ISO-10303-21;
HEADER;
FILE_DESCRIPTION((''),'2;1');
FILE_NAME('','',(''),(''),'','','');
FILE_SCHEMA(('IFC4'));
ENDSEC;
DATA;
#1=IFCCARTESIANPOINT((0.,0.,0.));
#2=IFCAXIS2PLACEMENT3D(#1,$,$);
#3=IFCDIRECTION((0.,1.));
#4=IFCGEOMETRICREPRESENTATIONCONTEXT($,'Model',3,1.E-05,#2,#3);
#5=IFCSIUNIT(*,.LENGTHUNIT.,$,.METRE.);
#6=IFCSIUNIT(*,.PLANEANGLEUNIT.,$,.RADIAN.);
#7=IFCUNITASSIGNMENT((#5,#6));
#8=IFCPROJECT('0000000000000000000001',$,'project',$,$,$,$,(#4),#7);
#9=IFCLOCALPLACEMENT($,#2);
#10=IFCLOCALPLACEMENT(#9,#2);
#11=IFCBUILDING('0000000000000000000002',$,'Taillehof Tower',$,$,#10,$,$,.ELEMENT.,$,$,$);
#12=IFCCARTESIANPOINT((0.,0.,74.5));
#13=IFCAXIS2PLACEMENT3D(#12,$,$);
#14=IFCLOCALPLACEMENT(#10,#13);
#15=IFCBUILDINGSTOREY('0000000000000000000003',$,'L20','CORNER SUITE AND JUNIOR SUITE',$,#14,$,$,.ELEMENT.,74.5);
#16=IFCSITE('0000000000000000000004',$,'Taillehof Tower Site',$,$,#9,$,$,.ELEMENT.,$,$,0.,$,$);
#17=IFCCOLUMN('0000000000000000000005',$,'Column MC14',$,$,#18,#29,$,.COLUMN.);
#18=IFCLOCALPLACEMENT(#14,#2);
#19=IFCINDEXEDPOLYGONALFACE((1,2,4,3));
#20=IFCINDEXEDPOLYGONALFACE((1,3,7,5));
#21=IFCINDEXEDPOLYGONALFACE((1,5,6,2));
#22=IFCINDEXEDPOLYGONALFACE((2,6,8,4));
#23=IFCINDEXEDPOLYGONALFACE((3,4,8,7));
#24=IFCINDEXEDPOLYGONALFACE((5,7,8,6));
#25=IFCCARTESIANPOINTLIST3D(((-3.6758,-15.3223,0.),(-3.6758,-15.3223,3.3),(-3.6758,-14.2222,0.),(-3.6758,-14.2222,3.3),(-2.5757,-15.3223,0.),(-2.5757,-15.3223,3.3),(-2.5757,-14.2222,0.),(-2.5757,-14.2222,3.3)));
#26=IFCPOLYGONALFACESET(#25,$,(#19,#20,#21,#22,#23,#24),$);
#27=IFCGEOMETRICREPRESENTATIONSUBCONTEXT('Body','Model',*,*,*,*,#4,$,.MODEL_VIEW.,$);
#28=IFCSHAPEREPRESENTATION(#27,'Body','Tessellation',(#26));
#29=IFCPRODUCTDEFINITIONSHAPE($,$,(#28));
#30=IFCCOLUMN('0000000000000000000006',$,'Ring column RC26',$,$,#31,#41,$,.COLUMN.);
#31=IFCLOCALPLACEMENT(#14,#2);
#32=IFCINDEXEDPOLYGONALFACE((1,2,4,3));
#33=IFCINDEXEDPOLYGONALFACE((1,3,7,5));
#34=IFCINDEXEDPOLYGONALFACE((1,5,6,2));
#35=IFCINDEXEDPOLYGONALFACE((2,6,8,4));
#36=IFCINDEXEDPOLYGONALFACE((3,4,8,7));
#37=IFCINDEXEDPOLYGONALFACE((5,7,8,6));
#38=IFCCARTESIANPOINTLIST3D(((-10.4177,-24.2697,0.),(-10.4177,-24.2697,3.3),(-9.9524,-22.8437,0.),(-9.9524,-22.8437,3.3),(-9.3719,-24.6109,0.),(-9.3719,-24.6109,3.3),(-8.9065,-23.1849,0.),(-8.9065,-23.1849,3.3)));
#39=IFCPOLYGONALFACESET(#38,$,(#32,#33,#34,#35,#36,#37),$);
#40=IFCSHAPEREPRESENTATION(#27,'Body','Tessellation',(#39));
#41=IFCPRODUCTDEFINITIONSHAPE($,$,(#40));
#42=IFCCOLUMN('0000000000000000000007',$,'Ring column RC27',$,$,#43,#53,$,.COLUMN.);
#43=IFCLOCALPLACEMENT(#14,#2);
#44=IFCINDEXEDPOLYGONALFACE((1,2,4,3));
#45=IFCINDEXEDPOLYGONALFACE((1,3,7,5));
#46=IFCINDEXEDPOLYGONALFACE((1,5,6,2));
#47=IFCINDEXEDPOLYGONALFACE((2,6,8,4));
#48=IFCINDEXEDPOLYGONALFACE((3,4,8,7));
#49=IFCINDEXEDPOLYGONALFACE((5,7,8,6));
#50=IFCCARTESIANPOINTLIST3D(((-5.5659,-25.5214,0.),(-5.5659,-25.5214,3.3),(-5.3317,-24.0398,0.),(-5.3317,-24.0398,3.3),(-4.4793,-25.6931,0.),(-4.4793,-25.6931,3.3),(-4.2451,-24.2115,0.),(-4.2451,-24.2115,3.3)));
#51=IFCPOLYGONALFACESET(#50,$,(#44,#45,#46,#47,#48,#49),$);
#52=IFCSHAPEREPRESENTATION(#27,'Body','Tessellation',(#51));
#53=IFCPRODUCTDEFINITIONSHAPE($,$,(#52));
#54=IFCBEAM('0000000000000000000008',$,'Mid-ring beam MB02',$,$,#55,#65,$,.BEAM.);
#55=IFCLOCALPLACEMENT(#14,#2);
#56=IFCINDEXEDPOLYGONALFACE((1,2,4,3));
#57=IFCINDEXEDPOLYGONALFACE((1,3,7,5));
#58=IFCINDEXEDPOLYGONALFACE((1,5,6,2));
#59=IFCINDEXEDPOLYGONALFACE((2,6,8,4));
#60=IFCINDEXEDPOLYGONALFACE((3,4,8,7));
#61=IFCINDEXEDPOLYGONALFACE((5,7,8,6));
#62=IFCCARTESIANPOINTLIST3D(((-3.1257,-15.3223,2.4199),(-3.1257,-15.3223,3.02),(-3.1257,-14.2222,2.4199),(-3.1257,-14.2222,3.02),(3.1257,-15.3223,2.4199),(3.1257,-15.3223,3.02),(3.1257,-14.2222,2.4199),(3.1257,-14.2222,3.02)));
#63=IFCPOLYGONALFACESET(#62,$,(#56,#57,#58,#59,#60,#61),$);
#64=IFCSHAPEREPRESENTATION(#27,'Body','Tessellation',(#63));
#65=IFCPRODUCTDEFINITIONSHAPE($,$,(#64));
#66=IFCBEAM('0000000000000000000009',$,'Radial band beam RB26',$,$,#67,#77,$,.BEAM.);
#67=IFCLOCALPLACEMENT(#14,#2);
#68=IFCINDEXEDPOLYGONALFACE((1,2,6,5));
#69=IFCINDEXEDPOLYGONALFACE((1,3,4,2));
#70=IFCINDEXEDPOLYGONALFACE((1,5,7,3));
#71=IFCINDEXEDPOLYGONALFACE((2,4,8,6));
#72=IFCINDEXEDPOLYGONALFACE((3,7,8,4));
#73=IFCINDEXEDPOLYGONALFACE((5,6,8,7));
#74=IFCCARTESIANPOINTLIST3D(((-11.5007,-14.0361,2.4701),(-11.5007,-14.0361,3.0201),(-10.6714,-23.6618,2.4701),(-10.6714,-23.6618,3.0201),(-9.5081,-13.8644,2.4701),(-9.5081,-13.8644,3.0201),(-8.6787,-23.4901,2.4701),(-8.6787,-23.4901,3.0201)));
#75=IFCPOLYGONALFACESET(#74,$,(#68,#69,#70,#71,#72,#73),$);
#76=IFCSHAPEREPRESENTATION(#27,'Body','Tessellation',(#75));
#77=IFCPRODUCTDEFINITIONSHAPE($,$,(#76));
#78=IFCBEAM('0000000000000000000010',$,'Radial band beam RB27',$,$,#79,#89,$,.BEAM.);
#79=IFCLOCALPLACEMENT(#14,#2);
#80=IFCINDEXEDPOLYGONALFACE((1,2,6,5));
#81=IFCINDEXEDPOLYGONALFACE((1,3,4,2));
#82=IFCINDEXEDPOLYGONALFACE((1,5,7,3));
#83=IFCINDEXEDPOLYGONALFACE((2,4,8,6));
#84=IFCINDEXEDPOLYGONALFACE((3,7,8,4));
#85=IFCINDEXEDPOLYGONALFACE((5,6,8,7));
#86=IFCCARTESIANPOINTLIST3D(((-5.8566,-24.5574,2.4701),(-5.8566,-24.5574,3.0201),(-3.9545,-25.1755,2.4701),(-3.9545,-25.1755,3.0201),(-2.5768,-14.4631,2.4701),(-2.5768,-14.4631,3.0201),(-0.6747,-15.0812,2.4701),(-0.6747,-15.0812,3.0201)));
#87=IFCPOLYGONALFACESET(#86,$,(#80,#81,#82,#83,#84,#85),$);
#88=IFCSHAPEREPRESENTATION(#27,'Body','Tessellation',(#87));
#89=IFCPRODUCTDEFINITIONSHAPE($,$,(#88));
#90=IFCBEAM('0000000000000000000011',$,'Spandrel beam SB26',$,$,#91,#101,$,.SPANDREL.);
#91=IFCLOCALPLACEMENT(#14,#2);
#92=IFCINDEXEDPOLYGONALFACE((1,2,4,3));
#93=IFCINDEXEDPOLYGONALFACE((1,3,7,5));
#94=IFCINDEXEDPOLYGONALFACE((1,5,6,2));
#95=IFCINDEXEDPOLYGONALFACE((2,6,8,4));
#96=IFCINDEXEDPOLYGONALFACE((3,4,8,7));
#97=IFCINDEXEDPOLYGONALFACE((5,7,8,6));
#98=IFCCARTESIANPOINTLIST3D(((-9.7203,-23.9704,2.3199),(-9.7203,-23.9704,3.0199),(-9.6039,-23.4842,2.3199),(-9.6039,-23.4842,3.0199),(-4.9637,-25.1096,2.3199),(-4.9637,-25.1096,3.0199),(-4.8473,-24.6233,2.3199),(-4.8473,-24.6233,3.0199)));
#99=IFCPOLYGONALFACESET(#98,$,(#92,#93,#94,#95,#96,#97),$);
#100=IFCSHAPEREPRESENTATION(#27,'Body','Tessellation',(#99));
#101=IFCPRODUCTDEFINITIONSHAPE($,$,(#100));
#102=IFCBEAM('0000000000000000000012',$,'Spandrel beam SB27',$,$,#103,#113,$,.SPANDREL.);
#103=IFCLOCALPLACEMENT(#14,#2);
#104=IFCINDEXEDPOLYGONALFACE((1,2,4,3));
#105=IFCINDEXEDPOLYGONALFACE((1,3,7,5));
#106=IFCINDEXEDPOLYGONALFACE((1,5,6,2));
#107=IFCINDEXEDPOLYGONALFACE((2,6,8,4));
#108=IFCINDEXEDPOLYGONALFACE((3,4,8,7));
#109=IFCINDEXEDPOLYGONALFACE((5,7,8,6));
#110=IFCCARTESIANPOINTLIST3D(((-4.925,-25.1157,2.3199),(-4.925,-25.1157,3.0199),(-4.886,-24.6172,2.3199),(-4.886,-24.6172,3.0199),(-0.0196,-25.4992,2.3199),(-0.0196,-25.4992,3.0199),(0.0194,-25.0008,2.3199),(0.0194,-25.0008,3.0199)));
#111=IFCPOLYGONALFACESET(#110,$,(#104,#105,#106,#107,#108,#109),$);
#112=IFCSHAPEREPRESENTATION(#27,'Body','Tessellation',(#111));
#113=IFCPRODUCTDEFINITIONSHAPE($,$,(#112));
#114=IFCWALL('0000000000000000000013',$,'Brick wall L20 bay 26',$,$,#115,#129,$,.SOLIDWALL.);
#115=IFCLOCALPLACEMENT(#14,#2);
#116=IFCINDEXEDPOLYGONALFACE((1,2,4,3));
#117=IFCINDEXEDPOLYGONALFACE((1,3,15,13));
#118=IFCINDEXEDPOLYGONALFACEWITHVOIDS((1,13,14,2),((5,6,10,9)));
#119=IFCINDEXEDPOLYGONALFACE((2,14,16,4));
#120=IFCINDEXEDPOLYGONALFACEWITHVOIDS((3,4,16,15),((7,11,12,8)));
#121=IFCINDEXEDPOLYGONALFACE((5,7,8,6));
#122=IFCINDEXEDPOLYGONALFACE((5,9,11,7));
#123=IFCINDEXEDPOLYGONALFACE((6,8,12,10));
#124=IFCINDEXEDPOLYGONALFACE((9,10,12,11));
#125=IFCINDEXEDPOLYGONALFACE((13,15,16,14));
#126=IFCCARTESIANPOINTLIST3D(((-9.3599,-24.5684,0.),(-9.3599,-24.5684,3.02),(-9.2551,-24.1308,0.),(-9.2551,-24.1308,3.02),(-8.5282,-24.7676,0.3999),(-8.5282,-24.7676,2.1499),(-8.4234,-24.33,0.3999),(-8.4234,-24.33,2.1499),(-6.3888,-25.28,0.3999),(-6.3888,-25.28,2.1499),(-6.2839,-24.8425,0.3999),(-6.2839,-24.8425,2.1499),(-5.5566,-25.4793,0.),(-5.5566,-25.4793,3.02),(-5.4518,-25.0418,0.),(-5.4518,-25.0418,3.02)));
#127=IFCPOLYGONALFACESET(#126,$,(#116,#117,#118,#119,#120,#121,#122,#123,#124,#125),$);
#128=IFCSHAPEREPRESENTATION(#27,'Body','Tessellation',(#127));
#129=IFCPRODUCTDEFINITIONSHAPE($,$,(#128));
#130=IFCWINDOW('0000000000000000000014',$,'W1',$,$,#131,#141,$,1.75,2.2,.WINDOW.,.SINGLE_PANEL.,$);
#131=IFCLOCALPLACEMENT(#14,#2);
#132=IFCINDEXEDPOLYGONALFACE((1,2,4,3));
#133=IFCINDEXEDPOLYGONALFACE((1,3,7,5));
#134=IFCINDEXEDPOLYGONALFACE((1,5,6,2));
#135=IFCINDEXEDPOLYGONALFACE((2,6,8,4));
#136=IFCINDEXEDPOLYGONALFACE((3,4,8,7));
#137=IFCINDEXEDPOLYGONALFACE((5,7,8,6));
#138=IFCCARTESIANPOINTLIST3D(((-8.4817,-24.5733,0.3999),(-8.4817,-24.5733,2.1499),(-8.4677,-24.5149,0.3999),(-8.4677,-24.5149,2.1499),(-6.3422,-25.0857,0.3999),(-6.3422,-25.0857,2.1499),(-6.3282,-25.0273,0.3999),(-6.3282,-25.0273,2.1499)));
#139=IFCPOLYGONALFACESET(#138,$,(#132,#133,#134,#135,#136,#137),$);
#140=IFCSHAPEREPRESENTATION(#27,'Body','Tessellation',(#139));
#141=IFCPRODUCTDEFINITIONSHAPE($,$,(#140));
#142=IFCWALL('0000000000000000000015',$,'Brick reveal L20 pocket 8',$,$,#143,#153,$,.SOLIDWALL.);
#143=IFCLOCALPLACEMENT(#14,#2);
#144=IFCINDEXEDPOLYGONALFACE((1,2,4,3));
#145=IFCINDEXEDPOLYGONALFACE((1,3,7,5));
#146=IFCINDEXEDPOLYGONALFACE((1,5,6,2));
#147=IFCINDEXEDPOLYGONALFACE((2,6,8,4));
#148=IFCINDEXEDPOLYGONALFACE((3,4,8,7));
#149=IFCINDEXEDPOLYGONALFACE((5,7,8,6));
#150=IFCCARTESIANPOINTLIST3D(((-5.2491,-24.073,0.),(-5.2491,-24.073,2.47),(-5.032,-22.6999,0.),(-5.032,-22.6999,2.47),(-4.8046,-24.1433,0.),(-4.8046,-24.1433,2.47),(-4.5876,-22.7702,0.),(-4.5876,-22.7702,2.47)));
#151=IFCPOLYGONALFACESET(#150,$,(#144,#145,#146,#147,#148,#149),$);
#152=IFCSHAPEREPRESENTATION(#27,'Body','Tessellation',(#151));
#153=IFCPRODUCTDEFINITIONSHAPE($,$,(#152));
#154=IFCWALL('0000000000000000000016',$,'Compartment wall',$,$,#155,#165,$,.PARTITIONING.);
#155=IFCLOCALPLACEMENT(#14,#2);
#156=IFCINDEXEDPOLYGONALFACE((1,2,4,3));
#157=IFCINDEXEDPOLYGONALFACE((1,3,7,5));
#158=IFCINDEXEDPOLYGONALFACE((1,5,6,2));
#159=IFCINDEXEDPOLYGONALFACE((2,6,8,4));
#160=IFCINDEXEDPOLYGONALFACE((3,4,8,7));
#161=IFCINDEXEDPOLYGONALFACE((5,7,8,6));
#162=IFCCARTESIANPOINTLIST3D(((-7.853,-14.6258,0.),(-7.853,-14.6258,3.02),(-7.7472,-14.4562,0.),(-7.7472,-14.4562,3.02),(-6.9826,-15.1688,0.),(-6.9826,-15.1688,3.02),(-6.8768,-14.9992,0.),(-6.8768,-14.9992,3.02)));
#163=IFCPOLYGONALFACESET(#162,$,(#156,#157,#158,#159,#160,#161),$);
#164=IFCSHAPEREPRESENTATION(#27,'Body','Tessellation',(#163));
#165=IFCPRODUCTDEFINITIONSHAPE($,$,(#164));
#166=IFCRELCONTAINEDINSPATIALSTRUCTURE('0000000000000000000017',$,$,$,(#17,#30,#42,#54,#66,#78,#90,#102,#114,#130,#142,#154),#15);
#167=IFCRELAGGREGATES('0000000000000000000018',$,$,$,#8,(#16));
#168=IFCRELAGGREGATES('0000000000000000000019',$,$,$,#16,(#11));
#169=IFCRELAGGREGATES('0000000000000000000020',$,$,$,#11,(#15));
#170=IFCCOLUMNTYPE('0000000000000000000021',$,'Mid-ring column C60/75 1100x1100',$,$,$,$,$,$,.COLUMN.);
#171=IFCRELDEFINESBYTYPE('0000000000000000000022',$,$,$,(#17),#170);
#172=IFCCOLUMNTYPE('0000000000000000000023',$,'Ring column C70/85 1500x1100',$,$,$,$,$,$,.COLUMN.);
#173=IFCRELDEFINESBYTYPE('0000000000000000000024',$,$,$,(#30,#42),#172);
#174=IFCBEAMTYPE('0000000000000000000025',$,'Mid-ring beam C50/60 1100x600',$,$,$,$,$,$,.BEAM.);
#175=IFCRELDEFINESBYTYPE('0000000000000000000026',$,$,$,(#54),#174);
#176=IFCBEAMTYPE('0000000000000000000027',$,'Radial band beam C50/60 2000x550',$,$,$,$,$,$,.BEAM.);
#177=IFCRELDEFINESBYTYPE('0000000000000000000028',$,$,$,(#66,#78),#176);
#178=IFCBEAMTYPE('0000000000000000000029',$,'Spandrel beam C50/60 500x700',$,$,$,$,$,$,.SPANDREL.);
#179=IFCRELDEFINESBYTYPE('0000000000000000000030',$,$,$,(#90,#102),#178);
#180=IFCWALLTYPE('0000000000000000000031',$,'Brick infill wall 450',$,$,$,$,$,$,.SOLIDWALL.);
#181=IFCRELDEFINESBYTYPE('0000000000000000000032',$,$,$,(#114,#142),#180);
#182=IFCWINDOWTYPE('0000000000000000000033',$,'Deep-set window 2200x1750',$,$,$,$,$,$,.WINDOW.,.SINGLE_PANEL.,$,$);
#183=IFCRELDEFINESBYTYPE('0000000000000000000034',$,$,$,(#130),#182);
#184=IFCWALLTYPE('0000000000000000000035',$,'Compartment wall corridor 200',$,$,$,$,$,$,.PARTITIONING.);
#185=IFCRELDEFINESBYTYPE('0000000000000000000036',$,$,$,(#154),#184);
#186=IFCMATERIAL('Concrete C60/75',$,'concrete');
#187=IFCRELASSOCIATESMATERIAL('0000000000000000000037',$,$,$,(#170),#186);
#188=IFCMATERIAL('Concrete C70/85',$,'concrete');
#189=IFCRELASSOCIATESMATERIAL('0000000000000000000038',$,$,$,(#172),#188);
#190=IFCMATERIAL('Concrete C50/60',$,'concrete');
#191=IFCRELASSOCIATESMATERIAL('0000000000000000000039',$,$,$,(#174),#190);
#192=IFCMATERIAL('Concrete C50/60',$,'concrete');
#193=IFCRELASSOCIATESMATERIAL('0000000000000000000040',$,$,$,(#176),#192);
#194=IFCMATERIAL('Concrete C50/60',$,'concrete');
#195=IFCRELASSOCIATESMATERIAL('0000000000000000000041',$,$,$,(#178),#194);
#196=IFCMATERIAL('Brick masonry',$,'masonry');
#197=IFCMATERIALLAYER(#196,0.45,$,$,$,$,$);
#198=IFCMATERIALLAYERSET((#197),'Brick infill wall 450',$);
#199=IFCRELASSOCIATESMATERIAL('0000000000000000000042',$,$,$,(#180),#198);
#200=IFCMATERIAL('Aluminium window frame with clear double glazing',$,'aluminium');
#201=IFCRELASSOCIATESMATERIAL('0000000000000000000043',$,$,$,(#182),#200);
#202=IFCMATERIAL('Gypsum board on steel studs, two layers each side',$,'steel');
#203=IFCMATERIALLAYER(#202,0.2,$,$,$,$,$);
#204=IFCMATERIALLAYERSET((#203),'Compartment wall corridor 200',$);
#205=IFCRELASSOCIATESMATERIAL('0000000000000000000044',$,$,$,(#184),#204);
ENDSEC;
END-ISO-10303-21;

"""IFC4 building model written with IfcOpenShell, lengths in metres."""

from ifc_helpers import new_model, si_unit, direction, frame, frame_2d, origin, origin_2d, place, context, subcontext, project, spatial, rectangle, extrude, material, layer, layer_set, material_profile, profile_set, type_object, element, fill, save


model = new_model("IFC4")

# Units and contexts
model_context = context("Model", 3, precision=1e-05, world=origin(), true_north=direction((0.0, 1.0)))
body_context = subcontext(model_context, "Body", "Model", "MODEL_VIEW")
ifc_project = project(units=[si_unit("LENGTHUNIT", "METRE"), si_unit("PLANEANGLEUNIT", "RADIAN")], contexts=[model_context])

# Site, building, storey
site_placement = place(None, origin())
site = spatial("IfcSite", under=ifc_project, at=site_placement, Name="Taillehof Tower Site", CompositionType="ELEMENT", RefElevation=0.0)
building_placement = place(site_placement, origin())
building = spatial("IfcBuilding", under=site, at=building_placement, Name="Taillehof Tower", CompositionType="ELEMENT")
storey_placement = place(building_placement, frame((0.0, 0.0, 74.5)))
storey = spatial("IfcBuildingStorey", under=building, at=storey_placement, Name="L20", Description="CORNER SUITE AND JUNIOR SUITE", CompositionType="ELEMENT", Elevation=74.5)

# Columns
ifc_material_1 = material(Name="Concrete C60/75", Category="concrete")
ifc_material_profile_1 = material_profile(ifc_material_1, rectangle(XDim=1.1001, YDim=1.1001, at=origin_2d()), Name="RC 1100x1100")
ifc_profile_set_1 = profile_set([ifc_material_profile_1], Name="Concrete C60/75")
column_type_1 = type_object("IfcColumnType", Name="Mid-ring column C60/75 1100x1100", PredefinedType="COLUMN", material=ifc_profile_set_1)
column_placement = place(storey_placement, frame((-3.1257, -14.7722, 0.0), z_axis=(0.0, 0.0, 1.0), x_axis=(1.0, 0.0, 0.0)))
element("IfcColumn", 1, at=column_placement, inside=storey, type_object=column_type_1, Name="Column MC14", PredefinedType="COLUMN", context=body_context, shape_type="SweptSolid", body=[
    extrude(rectangle(XDim=1.1001, YDim=1.1001, at=origin_2d()), origin(), (0.0, 0.0, 1.0), 3.3),
])
ifc_material_2 = material(Name="Concrete C70/85", Category="concrete")
ifc_material_profile_2 = material_profile(ifc_material_2, rectangle(XDim=1.5, YDim=1.1001, at=origin_2d()), Name="RC 1500x1100")
ifc_profile_set_2 = profile_set([ifc_material_profile_2], Name="Concrete C70/85")
column_type_2 = type_object("IfcColumnType", Name="Ring column C70/85 1500x1100", PredefinedType="COLUMN", material=ifc_profile_set_2)
for number, where, z_axis, x_axis, name in (
    (2, (-9.6621, -23.7273, 0.0), (0.0, 0.0, 1.0), (-0.310219, -0.950665, 0.0), "Ring column RC26"),
    (3, (-4.9055, -24.8665, 0.0), (0.0, 0.0, 1.0), (-0.156147, -0.987734, 0.0), "Ring column RC27"),
):
    element("IfcColumn", number, at=place(storey_placement, frame(where, z_axis=z_axis, x_axis=x_axis)), inside=storey, type_object=column_type_2, Name=name, PredefinedType="COLUMN", context=body_context, shape_type="SweptSolid", body=[
        extrude(rectangle(XDim=1.5, YDim=1.1001, at=origin_2d()), origin(), (0.0, 0.0, 1.0), 3.3),
    ])

# Beams
ifc_material_3 = material(Name="Concrete C50/60", Category="concrete")
ifc_material_profile_3 = material_profile(ifc_material_3, rectangle(XDim=1.1001, YDim=0.6001, at=origin_2d()), Name="RC 1100x600")
ifc_profile_set_3 = profile_set([ifc_material_profile_3], Name="Concrete C50/60")
beam_type_1 = type_object("IfcBeamType", Name="Mid-ring beam C50/60 1100x600", PredefinedType="BEAM", material=ifc_profile_set_3)
beam_1_placement = place(storey_placement, frame((-3.1257, -14.7722, 2.72), z_axis=(1.0, 0.0, 0.0), x_axis=(0.0, 1.0, 0.0)))
element("IfcBeam", 4, at=beam_1_placement, inside=storey, type_object=beam_type_1, Name="Mid-ring beam MB02", PredefinedType="BEAM", context=body_context, shape_type="SweptSolid", body=[
    extrude(rectangle(XDim=1.1001, YDim=0.6001, at=origin_2d()), origin(), (0.0, 0.0, 1.0), 6.2515),
])
ifc_material_4 = material(Name="Concrete C50/60", Category="concrete")
ifc_material_profile_4 = material_profile(ifc_material_4, rectangle(XDim=2.0, YDim=0.55, at=origin_2d()), Name="RC 2000x550")
ifc_profile_set_4 = profile_set([ifc_material_profile_4], Name="Concrete C50/60")
beam_type_2 = type_object("IfcBeamType", Name="Radial band beam C50/60 2000x550", PredefinedType="BEAM", material=ifc_profile_set_4)
beam_2_placement = place(storey_placement, frame((-9.675, -23.5759, 2.7451), z_axis=(-0.085841, 0.996309, 0.0), x_axis=(-0.996309, -0.085841, 0.0)))
element("IfcBeam", 5, at=beam_2_placement, inside=storey, type_object=beam_type_2, Name="Radial band beam RB26", PredefinedType="BEAM", context=body_context, shape_type="SweptSolid", body=[
    extrude(rectangle(XDim=2.0, YDim=0.55, at=origin_2d()), origin(), (0.0, 0.0, 1.0), 9.6614),
])
beam_3_placement = place(storey_placement, frame((-4.9055, -24.8665, 2.7451), z_axis=(0.309014, 0.951057, 0.0), x_axis=(-0.951057, 0.309014, 0.0)))
element("IfcBeam", 6, at=beam_3_placement, inside=storey, type_object=beam_type_2, Name="Radial band beam RB27", PredefinedType="BEAM", context=body_context, shape_type="SweptSolid", body=[
    extrude(rectangle(XDim=2.0, YDim=0.55, at=origin_2d()), origin(), (0.0, 0.0, 1.0), 10.6138),
])
ifc_material_5 = material(Name="Concrete C50/60", Category="concrete")
ifc_material_profile_5 = material_profile(ifc_material_5, rectangle(XDim=0.5, YDim=0.7, at=origin_2d()), Name="RC 500x700")
ifc_profile_set_5 = profile_set([ifc_material_profile_5], Name="Concrete C50/60")
beam_type_3 = type_object("IfcBeamType", Name="Spandrel beam C50/60 500x700", PredefinedType="SPANDREL", material=ifc_profile_set_5)
beam_4_placement = place(storey_placement, frame((-9.6621, -23.7273, 2.6699), z_axis=(0.9725, -0.232905, 0.0), x_axis=(0.232905, 0.9725, 0.0)))
element("IfcBeam", 7, at=beam_4_placement, inside=storey, type_object=beam_type_3, Name="Spandrel beam SB26", PredefinedType="SPANDREL", context=body_context, shape_type="SweptSolid", body=[
    extrude(rectangle(XDim=0.5, YDim=0.7, at=origin_2d()), origin(), (0.0, 0.0, 1.0), 4.8911),
])
beam_5_placement = place(storey_placement, frame((-4.9055, -24.8665, 2.6699), z_axis=(0.996957, -0.077949, 0.0), x_axis=(0.077949, 0.996957, 0.0)))
element("IfcBeam", 8, at=beam_5_placement, inside=storey, type_object=beam_type_3, Name="Spandrel beam SB27", PredefinedType="SPANDREL", context=body_context, shape_type="SweptSolid", body=[
    extrude(rectangle(XDim=0.5, YDim=0.7, at=origin_2d()), origin(), (0.0, 0.0, 1.0), 4.9204),
])

# Wall, opening, window
ifc_material_6 = material(Name="Brick masonry", Category="masonry")
ifc_layer_1 = layer(ifc_material_6, 0.45)
ifc_layer_set_1 = layer_set([ifc_layer_1], Name="Brick infill wall 450")
wall_type_1 = type_object("IfcWallType", Name="Brick infill wall 450", PredefinedType="SOLIDWALL", material=ifc_layer_set_1)
wall_1_placement = place(storey_placement, frame((-9.3076, -24.3496, 0.0), z_axis=(0.0, 0.0, 1.0), x_axis=(0.972497, -0.232917, 0.0)))
wall_1 = element("IfcWall", 9, at=wall_1_placement, inside=storey, type_object=wall_type_1, Name="Brick wall L20 bay 26", PredefinedType="SOLIDWALL", context=body_context, shape_type="SweptSolid", body=[
    extrude(rectangle(XDim=3.9109, YDim=0.45, at=frame_2d((1.9556, 0.0))), origin(), (0.0, 0.0, 1.0), 3.02),
])
opening_1_placement = place(wall_1_placement, frame((0.8552, 0.0, 0.3999)))
opening_1 = element("IfcOpeningElement", 10, at=opening_1_placement, cuts=wall_1, PredefinedType="OPENING", context=body_context, shape_type="SweptSolid", body=[
    extrude(rectangle(XDim=2.2, YDim=1.75, at=frame_2d((1.1001, 0.875))), frame((0.0, 0.2349, 0.0), z_axis=(0.0, -1.0, 0.0), x_axis=(1.0, 0.0, 0.0)), (0.0, 0.0, 1.0), 0.47),
])
ifc_material_7 = material(Name="Aluminium window frame with clear double glazing", Category="aluminium")
window_type_1 = type_object("IfcWindowType", Name="Deep-set window 2200x1750", PartitioningType="SINGLE_PANEL", PredefinedType="WINDOW", material=ifc_material_7)
window_1_placement = place(opening_1_placement, origin())
window_1 = element("IfcWindow", 11, at=window_1_placement, inside=storey, type_object=window_type_1, Name="W1", OverallHeight=1.75, OverallWidth=2.2, PartitioningType="SINGLE_PANEL", PredefinedType="WINDOW", context=body_context, shape_type="SweptSolid", body=[
    extrude(rectangle(XDim=2.2, YDim=1.75, at=frame_2d((1.1001, 0.875))), frame((0.0, 0.0349, 0.0), z_axis=(0.0, -1.0, 0.0), x_axis=(1.0, 0.0, 0.0)), (0.0, 0.0, 1.0), 0.0601),
])
fill(opening_1, window_1)

# Wall
wall_2_placement = place(storey_placement, frame((-5.0269, -24.1082, 0.0), z_axis=(0.0, 0.0, 1.0), x_axis=(0.156134, 0.987736, 0.0)))
element("IfcWall", 12, at=wall_2_placement, inside=storey, type_object=wall_type_1, Name="Brick reveal L20 pocket 8", PredefinedType="SOLIDWALL", context=body_context, shape_type="SweptSolid", body=[
    extrude(rectangle(XDim=1.3901, YDim=0.45, at=frame_2d((0.6951, 0.0))), origin(), (0.0, 0.0, 1.0), 2.47),
])

# Wall
ifc_material_8 = material(Name="Gypsum board on steel studs, two layers each side", Category="steel")
ifc_layer_2 = layer(ifc_material_8, 0.2)
ifc_layer_set_2 = layer_set([ifc_layer_2], Name="Compartment wall corridor 200")
wall_type_2 = type_object("IfcWallType", Name="Compartment wall corridor 200", PredefinedType="PARTITIONING", material=ifc_layer_set_2)
wall_3_placement = place(storey_placement, frame((-6.9297, -15.084, 0.0), z_axis=(0.0, 0.0, 1.0), x_axis=(-0.848439, 0.529293, 0.0)))
element("IfcWall", 13, at=wall_3_placement, inside=storey, type_object=wall_type_2, Name="Compartment wall", PredefinedType="PARTITIONING", context=body_context, shape_type="SweptSolid", body=[
    extrude(rectangle(XDim=1.0259, YDim=0.2, at=frame_2d((0.5129, 0.0))), origin(), (0.0, 0.0, 1.0), 3.02),
])

save(model, "model.ifc")
